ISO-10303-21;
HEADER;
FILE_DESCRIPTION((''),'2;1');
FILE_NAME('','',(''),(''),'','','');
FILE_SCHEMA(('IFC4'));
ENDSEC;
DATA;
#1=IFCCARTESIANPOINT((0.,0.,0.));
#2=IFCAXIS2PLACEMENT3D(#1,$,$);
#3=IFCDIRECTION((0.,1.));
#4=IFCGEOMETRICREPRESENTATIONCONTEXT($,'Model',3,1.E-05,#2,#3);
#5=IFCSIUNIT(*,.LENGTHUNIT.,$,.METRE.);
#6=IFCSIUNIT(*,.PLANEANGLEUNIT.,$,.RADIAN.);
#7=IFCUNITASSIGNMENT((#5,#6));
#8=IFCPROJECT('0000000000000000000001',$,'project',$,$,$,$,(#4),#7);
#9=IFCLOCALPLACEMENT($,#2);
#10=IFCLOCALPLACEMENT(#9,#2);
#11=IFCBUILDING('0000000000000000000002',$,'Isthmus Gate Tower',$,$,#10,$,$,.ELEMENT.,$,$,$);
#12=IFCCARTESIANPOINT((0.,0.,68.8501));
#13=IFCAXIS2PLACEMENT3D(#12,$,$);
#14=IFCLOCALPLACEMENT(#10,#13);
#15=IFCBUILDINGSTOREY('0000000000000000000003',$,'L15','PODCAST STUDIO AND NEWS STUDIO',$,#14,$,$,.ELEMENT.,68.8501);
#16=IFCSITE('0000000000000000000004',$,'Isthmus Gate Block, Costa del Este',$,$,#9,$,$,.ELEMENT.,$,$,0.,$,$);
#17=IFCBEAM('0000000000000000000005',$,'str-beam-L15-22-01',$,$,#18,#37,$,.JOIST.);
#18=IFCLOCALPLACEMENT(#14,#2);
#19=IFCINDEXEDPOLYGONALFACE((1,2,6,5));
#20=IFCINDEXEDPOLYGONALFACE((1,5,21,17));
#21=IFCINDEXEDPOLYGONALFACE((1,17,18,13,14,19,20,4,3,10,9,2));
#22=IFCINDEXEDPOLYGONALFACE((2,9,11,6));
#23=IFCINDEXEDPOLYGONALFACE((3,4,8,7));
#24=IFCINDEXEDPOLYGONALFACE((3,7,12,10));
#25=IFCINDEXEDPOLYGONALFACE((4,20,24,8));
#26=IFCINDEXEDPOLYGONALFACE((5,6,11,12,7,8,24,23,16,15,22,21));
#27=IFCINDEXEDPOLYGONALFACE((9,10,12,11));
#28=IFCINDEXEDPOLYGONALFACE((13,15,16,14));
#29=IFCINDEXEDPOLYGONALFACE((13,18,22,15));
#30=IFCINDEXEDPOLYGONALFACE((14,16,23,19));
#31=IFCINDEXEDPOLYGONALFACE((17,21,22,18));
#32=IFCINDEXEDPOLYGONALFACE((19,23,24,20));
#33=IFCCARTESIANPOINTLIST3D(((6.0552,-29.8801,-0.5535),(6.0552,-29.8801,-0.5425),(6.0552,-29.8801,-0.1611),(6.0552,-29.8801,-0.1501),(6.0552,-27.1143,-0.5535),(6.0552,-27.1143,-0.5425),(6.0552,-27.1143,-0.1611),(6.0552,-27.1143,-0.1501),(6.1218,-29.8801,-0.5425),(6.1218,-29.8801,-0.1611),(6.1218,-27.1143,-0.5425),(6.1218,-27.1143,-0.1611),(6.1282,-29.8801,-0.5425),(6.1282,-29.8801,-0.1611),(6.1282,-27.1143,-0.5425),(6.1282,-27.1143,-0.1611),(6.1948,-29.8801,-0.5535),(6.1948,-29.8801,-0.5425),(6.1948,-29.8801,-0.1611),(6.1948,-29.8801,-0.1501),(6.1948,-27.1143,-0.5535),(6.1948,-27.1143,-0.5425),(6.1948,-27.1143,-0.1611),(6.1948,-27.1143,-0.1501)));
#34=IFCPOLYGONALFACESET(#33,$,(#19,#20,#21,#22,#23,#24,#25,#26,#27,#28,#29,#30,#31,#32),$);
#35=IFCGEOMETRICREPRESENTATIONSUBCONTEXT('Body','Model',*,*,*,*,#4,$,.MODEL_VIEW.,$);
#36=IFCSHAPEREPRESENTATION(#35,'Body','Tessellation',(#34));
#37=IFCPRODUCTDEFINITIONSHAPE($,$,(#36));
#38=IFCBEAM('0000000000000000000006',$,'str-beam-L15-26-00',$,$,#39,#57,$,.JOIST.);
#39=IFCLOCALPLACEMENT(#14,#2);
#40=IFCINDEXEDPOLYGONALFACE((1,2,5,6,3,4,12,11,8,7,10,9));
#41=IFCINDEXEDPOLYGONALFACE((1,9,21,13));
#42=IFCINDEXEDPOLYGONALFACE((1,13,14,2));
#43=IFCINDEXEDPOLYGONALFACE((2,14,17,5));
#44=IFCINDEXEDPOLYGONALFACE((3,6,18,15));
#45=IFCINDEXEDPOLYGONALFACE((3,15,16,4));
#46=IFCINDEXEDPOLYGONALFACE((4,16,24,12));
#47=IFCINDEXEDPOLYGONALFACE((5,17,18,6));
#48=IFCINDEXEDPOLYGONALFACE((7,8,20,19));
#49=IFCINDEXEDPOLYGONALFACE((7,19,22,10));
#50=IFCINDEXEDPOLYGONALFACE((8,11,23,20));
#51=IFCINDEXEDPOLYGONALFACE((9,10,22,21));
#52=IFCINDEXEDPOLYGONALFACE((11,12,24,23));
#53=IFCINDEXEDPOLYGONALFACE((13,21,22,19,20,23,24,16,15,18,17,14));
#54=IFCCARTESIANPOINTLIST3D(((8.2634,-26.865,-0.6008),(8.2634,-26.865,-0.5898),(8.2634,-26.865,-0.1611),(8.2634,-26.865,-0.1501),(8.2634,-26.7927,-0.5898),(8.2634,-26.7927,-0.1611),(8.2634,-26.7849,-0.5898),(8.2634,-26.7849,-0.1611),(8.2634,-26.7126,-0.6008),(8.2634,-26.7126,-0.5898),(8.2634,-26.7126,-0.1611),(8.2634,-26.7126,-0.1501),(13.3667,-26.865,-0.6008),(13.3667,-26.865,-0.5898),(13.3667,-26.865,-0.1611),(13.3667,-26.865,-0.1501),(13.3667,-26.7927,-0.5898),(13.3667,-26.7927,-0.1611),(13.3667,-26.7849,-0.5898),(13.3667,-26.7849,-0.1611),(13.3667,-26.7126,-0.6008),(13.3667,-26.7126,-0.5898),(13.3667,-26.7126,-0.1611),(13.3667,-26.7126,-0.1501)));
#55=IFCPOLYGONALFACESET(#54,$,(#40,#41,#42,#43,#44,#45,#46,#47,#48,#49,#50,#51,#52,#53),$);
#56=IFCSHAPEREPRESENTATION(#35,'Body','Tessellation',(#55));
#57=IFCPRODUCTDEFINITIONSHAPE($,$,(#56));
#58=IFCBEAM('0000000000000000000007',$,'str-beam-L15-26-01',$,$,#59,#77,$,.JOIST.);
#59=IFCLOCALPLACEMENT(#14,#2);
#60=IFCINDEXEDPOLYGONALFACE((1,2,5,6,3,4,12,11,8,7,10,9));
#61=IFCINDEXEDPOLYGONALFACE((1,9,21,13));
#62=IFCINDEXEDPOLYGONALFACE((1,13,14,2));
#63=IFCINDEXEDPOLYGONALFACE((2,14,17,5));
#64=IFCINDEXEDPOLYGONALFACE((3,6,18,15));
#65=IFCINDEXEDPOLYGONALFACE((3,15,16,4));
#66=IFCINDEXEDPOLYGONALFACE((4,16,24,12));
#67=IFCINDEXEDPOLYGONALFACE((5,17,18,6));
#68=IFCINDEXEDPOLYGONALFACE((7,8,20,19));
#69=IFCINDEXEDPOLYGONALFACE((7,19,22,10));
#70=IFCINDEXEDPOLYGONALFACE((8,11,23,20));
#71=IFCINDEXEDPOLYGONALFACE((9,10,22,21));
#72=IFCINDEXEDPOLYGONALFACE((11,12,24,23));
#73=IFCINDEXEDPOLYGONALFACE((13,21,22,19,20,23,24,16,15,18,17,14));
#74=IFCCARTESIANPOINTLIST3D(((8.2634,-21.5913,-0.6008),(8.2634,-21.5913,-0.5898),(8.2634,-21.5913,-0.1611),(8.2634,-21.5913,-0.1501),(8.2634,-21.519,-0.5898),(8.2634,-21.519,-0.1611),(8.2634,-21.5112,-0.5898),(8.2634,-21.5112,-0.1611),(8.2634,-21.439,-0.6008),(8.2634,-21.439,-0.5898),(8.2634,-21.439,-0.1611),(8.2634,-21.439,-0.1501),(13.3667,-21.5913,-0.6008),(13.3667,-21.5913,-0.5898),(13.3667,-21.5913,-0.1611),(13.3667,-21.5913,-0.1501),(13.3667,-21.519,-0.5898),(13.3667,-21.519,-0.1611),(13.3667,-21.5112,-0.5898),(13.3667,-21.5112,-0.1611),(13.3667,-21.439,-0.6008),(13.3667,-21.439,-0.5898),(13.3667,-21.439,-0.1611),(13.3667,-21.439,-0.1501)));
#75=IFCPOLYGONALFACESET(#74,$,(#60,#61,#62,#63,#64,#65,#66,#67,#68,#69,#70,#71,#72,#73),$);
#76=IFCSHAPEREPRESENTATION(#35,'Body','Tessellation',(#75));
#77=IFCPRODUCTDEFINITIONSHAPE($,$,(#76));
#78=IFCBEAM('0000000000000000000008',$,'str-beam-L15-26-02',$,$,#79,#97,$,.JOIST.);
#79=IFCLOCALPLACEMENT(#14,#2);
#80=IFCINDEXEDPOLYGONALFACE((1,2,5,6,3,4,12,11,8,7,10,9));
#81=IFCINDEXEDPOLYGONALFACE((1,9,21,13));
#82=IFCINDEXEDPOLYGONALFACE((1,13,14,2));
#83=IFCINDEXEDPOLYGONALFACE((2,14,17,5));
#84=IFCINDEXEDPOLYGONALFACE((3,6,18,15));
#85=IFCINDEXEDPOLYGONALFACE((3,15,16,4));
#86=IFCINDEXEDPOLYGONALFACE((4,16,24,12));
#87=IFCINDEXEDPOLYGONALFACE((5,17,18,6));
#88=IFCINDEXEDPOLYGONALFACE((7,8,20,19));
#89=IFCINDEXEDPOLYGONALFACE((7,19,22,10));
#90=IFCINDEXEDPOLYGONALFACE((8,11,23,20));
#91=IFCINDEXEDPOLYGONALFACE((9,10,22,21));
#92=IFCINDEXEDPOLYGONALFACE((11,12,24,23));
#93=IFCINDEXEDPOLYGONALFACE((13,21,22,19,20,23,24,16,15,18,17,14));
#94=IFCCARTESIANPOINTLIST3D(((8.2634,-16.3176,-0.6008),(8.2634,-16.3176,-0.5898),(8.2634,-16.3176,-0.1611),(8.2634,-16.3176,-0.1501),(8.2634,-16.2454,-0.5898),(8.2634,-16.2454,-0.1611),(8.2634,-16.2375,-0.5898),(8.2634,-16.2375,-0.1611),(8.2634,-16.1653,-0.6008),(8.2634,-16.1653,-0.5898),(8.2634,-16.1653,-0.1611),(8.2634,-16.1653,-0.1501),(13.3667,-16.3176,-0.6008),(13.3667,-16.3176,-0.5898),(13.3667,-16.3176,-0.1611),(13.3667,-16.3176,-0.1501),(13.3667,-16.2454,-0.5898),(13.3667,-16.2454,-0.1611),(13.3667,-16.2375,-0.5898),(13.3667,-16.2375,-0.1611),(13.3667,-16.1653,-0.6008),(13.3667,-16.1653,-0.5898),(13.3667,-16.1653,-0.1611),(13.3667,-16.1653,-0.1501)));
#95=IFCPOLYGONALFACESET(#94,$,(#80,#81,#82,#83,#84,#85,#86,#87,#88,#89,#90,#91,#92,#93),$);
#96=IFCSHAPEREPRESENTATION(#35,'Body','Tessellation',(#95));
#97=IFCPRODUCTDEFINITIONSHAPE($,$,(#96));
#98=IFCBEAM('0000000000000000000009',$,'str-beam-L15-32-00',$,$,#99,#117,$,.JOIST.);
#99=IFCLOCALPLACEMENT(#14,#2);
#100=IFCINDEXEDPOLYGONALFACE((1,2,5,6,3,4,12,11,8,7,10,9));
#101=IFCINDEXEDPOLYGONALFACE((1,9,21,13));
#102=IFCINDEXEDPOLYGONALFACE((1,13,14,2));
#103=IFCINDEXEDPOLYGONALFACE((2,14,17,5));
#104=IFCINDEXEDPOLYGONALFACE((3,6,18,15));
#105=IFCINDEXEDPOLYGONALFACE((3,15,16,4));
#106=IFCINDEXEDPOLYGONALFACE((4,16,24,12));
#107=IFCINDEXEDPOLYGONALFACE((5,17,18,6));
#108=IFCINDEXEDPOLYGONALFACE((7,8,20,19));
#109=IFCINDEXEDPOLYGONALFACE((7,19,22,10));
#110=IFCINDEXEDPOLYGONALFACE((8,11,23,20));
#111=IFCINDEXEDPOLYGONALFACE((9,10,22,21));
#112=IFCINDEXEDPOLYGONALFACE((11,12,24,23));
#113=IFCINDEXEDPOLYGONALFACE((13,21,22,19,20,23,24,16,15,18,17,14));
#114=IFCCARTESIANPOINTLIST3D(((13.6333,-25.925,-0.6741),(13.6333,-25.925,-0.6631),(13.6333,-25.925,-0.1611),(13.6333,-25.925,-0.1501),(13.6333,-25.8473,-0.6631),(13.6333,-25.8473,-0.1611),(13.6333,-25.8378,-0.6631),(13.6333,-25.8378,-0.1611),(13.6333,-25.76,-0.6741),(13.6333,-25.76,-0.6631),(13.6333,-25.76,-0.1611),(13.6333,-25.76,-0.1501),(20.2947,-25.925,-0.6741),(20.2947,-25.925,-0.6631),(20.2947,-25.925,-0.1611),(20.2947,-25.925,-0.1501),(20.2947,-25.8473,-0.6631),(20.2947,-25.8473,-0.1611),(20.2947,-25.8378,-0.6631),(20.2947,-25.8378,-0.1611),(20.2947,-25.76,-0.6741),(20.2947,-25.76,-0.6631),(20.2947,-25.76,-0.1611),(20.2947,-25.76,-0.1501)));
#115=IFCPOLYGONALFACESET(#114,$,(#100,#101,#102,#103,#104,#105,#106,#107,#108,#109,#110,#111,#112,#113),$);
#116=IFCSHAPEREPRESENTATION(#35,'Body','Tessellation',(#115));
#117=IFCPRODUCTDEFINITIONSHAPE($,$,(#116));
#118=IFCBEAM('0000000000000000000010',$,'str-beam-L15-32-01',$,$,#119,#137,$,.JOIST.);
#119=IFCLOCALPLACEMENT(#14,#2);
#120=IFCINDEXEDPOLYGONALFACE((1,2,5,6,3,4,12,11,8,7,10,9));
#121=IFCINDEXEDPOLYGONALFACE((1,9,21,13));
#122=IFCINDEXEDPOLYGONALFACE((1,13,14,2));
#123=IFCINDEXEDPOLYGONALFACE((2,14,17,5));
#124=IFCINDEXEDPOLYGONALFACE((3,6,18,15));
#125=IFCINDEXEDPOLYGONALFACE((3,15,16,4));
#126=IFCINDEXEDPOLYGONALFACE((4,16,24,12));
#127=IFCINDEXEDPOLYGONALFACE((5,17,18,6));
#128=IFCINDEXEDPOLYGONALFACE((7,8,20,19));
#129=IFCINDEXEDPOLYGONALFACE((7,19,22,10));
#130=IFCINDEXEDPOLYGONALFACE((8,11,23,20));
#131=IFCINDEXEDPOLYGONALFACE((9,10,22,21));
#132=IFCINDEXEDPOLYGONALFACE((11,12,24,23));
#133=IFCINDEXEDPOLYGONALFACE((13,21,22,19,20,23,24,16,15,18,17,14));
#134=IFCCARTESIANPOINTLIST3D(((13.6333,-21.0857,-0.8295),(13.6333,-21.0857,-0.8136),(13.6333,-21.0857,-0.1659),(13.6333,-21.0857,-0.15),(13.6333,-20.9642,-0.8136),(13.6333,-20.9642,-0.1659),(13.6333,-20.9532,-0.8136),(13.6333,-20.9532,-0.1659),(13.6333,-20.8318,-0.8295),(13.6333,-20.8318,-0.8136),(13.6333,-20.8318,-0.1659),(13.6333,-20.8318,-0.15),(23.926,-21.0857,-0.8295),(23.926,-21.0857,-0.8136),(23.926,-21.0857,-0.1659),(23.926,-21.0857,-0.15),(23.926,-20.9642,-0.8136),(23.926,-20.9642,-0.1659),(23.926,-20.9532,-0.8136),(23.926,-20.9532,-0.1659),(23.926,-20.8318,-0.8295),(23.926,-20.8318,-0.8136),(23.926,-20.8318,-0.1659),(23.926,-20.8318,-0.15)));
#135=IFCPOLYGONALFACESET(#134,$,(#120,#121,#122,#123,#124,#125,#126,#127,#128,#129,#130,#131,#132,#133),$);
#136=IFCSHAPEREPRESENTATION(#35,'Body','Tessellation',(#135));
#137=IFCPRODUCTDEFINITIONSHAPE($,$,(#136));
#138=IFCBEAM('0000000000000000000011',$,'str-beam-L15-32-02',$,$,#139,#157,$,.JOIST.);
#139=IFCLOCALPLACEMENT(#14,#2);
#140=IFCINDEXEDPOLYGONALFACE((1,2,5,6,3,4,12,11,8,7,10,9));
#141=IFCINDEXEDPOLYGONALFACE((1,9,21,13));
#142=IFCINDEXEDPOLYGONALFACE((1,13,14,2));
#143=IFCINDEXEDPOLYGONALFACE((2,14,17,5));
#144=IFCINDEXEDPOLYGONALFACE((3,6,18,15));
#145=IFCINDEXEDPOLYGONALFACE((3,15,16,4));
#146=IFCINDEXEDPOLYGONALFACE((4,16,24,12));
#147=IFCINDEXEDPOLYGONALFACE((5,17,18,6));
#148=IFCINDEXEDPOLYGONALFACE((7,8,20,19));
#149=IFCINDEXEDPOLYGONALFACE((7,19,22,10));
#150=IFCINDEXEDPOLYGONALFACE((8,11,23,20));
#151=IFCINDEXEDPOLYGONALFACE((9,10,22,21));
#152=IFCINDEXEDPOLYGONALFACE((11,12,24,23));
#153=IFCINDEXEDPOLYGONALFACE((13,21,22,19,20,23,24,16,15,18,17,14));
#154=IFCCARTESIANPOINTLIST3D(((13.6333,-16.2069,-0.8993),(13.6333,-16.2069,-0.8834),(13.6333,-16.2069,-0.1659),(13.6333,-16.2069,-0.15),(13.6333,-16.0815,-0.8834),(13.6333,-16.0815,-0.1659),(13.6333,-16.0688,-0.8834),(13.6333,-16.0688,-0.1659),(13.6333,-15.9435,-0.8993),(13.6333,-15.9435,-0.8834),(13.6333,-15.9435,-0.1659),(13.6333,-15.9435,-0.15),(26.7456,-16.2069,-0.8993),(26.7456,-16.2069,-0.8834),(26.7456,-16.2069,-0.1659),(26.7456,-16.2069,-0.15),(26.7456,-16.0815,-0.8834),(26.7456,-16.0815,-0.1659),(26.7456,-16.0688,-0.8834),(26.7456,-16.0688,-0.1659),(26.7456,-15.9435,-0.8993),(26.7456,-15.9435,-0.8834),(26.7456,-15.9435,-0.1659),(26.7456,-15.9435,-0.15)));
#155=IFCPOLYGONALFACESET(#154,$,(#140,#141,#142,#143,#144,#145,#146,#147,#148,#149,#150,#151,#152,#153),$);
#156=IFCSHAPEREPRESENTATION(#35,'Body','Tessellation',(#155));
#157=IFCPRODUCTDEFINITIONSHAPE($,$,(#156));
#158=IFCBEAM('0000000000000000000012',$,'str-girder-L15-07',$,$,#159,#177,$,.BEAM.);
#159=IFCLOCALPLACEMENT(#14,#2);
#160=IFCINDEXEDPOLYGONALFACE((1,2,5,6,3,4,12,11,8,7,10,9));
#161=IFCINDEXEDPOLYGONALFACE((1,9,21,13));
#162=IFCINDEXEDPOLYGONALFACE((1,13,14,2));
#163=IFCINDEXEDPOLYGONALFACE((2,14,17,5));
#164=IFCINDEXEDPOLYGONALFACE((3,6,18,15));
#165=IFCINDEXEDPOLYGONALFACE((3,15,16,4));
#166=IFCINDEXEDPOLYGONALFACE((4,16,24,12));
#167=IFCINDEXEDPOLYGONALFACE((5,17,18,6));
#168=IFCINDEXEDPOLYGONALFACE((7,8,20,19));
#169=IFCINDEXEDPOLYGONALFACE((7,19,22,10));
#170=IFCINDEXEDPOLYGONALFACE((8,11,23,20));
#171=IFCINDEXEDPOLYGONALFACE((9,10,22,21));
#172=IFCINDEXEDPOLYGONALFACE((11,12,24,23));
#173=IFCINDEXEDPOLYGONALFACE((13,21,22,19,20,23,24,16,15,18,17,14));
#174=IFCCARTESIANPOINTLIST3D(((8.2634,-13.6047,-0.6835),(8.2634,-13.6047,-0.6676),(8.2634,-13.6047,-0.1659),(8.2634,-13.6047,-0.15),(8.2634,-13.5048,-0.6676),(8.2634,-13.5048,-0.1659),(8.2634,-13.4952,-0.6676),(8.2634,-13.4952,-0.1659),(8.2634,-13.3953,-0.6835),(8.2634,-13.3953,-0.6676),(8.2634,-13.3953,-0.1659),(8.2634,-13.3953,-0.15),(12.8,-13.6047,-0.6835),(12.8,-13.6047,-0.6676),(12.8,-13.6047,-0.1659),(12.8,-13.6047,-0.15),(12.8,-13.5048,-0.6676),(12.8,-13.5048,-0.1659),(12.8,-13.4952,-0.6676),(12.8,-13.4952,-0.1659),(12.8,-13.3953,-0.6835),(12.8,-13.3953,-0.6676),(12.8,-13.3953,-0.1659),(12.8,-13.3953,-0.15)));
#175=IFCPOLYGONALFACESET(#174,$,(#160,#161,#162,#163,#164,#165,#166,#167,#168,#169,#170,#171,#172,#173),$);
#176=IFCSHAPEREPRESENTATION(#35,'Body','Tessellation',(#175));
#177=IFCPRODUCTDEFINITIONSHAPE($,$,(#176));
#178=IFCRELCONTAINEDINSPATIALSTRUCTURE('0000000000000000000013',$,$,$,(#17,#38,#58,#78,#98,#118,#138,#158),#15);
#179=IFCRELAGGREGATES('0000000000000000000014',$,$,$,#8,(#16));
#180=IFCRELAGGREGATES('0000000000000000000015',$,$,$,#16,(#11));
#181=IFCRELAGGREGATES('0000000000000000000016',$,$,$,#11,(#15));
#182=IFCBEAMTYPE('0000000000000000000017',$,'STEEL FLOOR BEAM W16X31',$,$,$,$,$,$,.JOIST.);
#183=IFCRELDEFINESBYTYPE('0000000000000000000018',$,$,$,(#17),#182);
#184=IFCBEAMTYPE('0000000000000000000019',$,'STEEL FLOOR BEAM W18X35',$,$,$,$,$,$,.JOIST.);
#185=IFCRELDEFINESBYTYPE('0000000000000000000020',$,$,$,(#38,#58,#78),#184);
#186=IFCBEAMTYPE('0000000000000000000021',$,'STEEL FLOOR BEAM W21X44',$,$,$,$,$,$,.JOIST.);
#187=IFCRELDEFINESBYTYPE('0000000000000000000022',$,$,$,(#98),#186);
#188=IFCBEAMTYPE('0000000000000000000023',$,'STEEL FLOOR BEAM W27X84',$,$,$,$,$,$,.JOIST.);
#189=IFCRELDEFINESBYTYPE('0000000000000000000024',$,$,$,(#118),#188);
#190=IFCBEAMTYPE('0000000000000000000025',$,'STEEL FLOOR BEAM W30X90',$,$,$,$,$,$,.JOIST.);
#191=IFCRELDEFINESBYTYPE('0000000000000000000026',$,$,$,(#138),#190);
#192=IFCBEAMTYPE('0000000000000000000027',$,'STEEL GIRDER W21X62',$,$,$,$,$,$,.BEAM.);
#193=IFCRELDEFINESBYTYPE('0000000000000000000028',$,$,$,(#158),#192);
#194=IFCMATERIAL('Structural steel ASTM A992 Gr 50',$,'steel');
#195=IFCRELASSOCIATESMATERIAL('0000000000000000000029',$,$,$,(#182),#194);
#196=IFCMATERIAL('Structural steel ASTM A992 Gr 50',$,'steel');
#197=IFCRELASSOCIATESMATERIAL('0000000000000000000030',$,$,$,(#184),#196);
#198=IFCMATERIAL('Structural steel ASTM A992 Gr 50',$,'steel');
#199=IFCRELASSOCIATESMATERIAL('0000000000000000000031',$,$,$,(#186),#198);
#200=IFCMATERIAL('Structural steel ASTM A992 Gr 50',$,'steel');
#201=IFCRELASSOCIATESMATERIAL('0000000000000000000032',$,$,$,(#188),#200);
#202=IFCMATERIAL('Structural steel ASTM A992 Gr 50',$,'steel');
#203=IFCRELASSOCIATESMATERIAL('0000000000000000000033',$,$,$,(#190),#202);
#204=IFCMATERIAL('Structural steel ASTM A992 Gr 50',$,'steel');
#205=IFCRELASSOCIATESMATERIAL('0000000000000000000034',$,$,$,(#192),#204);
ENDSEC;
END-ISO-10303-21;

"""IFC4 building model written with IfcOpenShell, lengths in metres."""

from ifc_helpers import new_model, si_unit, direction, frame, origin, origin_2d, place, context, subcontext, project, spatial, i_section, extrude, material, material_profile, profile_set, type_object, element, save


model = new_model("IFC4")

# Units and contexts
model_context = context("Model", 3, precision=1e-05, world=origin(), true_north=direction((0.0, 1.0)))
body_context = subcontext(model_context, "Body", "Model", "MODEL_VIEW")
ifc_project = project(units=[si_unit("LENGTHUNIT", "METRE"), si_unit("PLANEANGLEUNIT", "RADIAN")], contexts=[model_context])

# Site, building, storey
site_placement = place(None, origin())
site = spatial("IfcSite", under=ifc_project, at=site_placement, Name="Isthmus Gate Block, Costa del Este", CompositionType="ELEMENT", RefElevation=0.0)
building_placement = place(site_placement, origin())
building = spatial("IfcBuilding", under=site, at=building_placement, Name="Isthmus Gate Tower", CompositionType="ELEMENT")
storey_placement = place(building_placement, frame((0.0, 0.0, 68.8501)))
storey = spatial("IfcBuildingStorey", under=building, at=storey_placement, Name="L15", Description="PODCAST STUDIO AND NEWS STUDIO", CompositionType="ELEMENT", Elevation=68.8501)

# Beams
ifc_material_1 = material(Name="Structural steel ASTM A992 Gr 50", Category="steel")
ifc_material_profile_1 = material_profile(ifc_material_1, i_section(OverallWidth=0.1396, OverallDepth=0.4033, WebThickness=0.0063, FlangeThickness=0.011, at=origin_2d()), Name="W16X31")
ifc_profile_set_1 = profile_set([ifc_material_profile_1], Name="Structural steel ASTM A992 Gr 50")
beam_type_1 = type_object("IfcBeamType", Name="STEEL FLOOR BEAM W16X31", PredefinedType="JOIST", material=ifc_profile_set_1)
beam_1_placement = place(storey_placement, frame((6.125, -29.8801, -0.3518), z_axis=(0.0, 1.0, 0.0), x_axis=(-1.0, 0.0, 0.0)))
element("IfcBeam", 1, at=beam_1_placement, inside=storey, type_object=beam_type_1, Name="str-beam-L15-22-01", PredefinedType="JOIST", context=body_context, shape_type="SweptSolid", body=[
    extrude(i_section(OverallWidth=0.1396, OverallDepth=0.4033, WebThickness=0.0063, FlangeThickness=0.011, at=origin_2d()), origin(), (0.0, 0.0, 1.0), 2.7659),
])
ifc_material_2 = material(Name="Structural steel ASTM A992 Gr 50", Category="steel")
ifc_material_profile_2 = material_profile(ifc_material_2, i_section(OverallWidth=0.1523, OverallDepth=0.4507, WebThickness=0.0078, FlangeThickness=0.011, at=origin_2d()), Name="W18X35")
ifc_profile_set_2 = profile_set([ifc_material_profile_2], Name="Structural steel ASTM A992 Gr 50")
beam_type_2 = type_object("IfcBeamType", Name="STEEL FLOOR BEAM W18X35", PredefinedType="JOIST", material=ifc_profile_set_2)
for number, where, z_axis, x_axis, name in (
    (2, (8.2634, -26.7888, -0.3755), (1.0, 0.0, 0.0), (0.0, 1.0, 0.0), "str-beam-L15-26-00"),
    (3, (8.2634, -21.5151, -0.3755), (1.0, 0.0, 0.0), (0.0, 1.0, 0.0), "str-beam-L15-26-01"),
    (4, (8.2634, -16.2415, -0.3755), (1.0, 0.0, 0.0), (0.0, 1.0, 0.0), "str-beam-L15-26-02"),
):
    element("IfcBeam", number, at=place(storey_placement, frame(where, z_axis=z_axis, x_axis=x_axis)), inside=storey, type_object=beam_type_2, Name=name, PredefinedType="JOIST", context=body_context, shape_type="SweptSolid", body=[
        extrude(i_section(OverallWidth=0.1523, OverallDepth=0.4507, WebThickness=0.0078, FlangeThickness=0.011, at=origin_2d()), origin(), (0.0, 0.0, 1.0), 5.1033),
    ])
ifc_material_3 = material(Name="Structural steel ASTM A992 Gr 50", Category="steel")
ifc_material_profile_3 = material_profile(ifc_material_3, i_section(OverallWidth=0.165, OverallDepth=0.5239, WebThickness=0.0095, FlangeThickness=0.011, at=origin_2d()), Name="W21X44")
ifc_profile_set_3 = profile_set([ifc_material_profile_3], Name="Structural steel ASTM A992 Gr 50")
beam_type_3 = type_object("IfcBeamType", Name="STEEL FLOOR BEAM W21X44", PredefinedType="JOIST", material=ifc_profile_set_3)
beam_2_placement = place(storey_placement, frame((13.6333, -25.8425, -0.4121), z_axis=(1.0, 0.0, 0.0), x_axis=(0.0, 1.0, 0.0)))
element("IfcBeam", 5, at=beam_2_placement, inside=storey, type_object=beam_type_3, Name="str-beam-L15-32-00", PredefinedType="JOIST", context=body_context, shape_type="SweptSolid", body=[
    extrude(i_section(OverallWidth=0.165, OverallDepth=0.5239, WebThickness=0.0095, FlangeThickness=0.011, at=origin_2d()), origin(), (0.0, 0.0, 1.0), 6.6614),
])
ifc_material_4 = material(Name="Structural steel ASTM A992 Gr 50", Category="steel")
ifc_material_profile_4 = material_profile(ifc_material_4, i_section(OverallWidth=0.2539, OverallDepth=0.6794, WebThickness=0.011, FlangeThickness=0.0159, at=origin_2d()), Name="W27X84")
ifc_profile_set_4 = profile_set([ifc_material_profile_4], Name="Structural steel ASTM A992 Gr 50")
beam_type_4 = type_object("IfcBeamType", Name="STEEL FLOOR BEAM W27X84", PredefinedType="JOIST", material=ifc_profile_set_4)
beam_3_placement = place(storey_placement, frame((13.6333, -20.9587, -0.4897), z_axis=(1.0, 0.0, 0.0), x_axis=(0.0, 1.0, 0.0)))
element("IfcBeam", 6, at=beam_3_placement, inside=storey, type_object=beam_type_4, Name="str-beam-L15-32-01", PredefinedType="JOIST", context=body_context, shape_type="SweptSolid", body=[
    extrude(i_section(OverallWidth=0.2539, OverallDepth=0.6794, WebThickness=0.011, FlangeThickness=0.0159, at=origin_2d()), origin(), (0.0, 0.0, 1.0), 10.2927),
])
ifc_material_5 = material(Name="Structural steel ASTM A992 Gr 50", Category="steel")
ifc_material_profile_5 = material_profile(ifc_material_5, i_section(OverallWidth=0.2634, OverallDepth=0.7493, WebThickness=0.0127, FlangeThickness=0.0159, at=origin_2d()), Name="W30X90")
ifc_profile_set_5 = profile_set([ifc_material_profile_5], Name="Structural steel ASTM A992 Gr 50")
beam_type_5 = type_object("IfcBeamType", Name="STEEL FLOOR BEAM W30X90", PredefinedType="JOIST", material=ifc_profile_set_5)
beam_4_placement = place(storey_placement, frame((13.6333, -16.0752, -0.5247), z_axis=(1.0, 0.0, 0.0), x_axis=(0.0, 1.0, 0.0)))
element("IfcBeam", 7, at=beam_4_placement, inside=storey, type_object=beam_type_5, Name="str-beam-L15-32-02", PredefinedType="JOIST", context=body_context, shape_type="SweptSolid", body=[
    extrude(i_section(OverallWidth=0.2634, OverallDepth=0.7493, WebThickness=0.0127, FlangeThickness=0.0159, at=origin_2d()), origin(), (0.0, 0.0, 1.0), 13.1123),
])
ifc_material_6 = material(Name="Structural steel ASTM A992 Gr 50", Category="steel")
ifc_material_profile_6 = material_profile(ifc_material_6, i_section(OverallWidth=0.2095, OverallDepth=0.5334, WebThickness=0.0095, FlangeThickness=0.0159, at=origin_2d()), Name="W21X62")
ifc_profile_set_6 = profile_set([ifc_material_profile_6], Name="Structural steel ASTM A992 Gr 50")
beam_type_6 = type_object("IfcBeamType", Name="STEEL GIRDER W21X62", PredefinedType="BEAM", material=ifc_profile_set_6)
beam_5_placement = place(storey_placement, frame((8.2634, -13.5, -0.4167), z_axis=(1.0, 0.0, 0.0), x_axis=(0.0, 1.0, 0.0)))
element("IfcBeam", 8, at=beam_5_placement, inside=storey, type_object=beam_type_6, Name="str-girder-L15-07", PredefinedType="BEAM", context=body_context, shape_type="SweptSolid", body=[
    extrude(i_section(OverallWidth=0.2095, OverallDepth=0.5334, WebThickness=0.0095, FlangeThickness=0.0159, at=origin_2d()), origin(), (0.0, 0.0, 1.0), 4.5366),
])

save(model, "model.ifc")
